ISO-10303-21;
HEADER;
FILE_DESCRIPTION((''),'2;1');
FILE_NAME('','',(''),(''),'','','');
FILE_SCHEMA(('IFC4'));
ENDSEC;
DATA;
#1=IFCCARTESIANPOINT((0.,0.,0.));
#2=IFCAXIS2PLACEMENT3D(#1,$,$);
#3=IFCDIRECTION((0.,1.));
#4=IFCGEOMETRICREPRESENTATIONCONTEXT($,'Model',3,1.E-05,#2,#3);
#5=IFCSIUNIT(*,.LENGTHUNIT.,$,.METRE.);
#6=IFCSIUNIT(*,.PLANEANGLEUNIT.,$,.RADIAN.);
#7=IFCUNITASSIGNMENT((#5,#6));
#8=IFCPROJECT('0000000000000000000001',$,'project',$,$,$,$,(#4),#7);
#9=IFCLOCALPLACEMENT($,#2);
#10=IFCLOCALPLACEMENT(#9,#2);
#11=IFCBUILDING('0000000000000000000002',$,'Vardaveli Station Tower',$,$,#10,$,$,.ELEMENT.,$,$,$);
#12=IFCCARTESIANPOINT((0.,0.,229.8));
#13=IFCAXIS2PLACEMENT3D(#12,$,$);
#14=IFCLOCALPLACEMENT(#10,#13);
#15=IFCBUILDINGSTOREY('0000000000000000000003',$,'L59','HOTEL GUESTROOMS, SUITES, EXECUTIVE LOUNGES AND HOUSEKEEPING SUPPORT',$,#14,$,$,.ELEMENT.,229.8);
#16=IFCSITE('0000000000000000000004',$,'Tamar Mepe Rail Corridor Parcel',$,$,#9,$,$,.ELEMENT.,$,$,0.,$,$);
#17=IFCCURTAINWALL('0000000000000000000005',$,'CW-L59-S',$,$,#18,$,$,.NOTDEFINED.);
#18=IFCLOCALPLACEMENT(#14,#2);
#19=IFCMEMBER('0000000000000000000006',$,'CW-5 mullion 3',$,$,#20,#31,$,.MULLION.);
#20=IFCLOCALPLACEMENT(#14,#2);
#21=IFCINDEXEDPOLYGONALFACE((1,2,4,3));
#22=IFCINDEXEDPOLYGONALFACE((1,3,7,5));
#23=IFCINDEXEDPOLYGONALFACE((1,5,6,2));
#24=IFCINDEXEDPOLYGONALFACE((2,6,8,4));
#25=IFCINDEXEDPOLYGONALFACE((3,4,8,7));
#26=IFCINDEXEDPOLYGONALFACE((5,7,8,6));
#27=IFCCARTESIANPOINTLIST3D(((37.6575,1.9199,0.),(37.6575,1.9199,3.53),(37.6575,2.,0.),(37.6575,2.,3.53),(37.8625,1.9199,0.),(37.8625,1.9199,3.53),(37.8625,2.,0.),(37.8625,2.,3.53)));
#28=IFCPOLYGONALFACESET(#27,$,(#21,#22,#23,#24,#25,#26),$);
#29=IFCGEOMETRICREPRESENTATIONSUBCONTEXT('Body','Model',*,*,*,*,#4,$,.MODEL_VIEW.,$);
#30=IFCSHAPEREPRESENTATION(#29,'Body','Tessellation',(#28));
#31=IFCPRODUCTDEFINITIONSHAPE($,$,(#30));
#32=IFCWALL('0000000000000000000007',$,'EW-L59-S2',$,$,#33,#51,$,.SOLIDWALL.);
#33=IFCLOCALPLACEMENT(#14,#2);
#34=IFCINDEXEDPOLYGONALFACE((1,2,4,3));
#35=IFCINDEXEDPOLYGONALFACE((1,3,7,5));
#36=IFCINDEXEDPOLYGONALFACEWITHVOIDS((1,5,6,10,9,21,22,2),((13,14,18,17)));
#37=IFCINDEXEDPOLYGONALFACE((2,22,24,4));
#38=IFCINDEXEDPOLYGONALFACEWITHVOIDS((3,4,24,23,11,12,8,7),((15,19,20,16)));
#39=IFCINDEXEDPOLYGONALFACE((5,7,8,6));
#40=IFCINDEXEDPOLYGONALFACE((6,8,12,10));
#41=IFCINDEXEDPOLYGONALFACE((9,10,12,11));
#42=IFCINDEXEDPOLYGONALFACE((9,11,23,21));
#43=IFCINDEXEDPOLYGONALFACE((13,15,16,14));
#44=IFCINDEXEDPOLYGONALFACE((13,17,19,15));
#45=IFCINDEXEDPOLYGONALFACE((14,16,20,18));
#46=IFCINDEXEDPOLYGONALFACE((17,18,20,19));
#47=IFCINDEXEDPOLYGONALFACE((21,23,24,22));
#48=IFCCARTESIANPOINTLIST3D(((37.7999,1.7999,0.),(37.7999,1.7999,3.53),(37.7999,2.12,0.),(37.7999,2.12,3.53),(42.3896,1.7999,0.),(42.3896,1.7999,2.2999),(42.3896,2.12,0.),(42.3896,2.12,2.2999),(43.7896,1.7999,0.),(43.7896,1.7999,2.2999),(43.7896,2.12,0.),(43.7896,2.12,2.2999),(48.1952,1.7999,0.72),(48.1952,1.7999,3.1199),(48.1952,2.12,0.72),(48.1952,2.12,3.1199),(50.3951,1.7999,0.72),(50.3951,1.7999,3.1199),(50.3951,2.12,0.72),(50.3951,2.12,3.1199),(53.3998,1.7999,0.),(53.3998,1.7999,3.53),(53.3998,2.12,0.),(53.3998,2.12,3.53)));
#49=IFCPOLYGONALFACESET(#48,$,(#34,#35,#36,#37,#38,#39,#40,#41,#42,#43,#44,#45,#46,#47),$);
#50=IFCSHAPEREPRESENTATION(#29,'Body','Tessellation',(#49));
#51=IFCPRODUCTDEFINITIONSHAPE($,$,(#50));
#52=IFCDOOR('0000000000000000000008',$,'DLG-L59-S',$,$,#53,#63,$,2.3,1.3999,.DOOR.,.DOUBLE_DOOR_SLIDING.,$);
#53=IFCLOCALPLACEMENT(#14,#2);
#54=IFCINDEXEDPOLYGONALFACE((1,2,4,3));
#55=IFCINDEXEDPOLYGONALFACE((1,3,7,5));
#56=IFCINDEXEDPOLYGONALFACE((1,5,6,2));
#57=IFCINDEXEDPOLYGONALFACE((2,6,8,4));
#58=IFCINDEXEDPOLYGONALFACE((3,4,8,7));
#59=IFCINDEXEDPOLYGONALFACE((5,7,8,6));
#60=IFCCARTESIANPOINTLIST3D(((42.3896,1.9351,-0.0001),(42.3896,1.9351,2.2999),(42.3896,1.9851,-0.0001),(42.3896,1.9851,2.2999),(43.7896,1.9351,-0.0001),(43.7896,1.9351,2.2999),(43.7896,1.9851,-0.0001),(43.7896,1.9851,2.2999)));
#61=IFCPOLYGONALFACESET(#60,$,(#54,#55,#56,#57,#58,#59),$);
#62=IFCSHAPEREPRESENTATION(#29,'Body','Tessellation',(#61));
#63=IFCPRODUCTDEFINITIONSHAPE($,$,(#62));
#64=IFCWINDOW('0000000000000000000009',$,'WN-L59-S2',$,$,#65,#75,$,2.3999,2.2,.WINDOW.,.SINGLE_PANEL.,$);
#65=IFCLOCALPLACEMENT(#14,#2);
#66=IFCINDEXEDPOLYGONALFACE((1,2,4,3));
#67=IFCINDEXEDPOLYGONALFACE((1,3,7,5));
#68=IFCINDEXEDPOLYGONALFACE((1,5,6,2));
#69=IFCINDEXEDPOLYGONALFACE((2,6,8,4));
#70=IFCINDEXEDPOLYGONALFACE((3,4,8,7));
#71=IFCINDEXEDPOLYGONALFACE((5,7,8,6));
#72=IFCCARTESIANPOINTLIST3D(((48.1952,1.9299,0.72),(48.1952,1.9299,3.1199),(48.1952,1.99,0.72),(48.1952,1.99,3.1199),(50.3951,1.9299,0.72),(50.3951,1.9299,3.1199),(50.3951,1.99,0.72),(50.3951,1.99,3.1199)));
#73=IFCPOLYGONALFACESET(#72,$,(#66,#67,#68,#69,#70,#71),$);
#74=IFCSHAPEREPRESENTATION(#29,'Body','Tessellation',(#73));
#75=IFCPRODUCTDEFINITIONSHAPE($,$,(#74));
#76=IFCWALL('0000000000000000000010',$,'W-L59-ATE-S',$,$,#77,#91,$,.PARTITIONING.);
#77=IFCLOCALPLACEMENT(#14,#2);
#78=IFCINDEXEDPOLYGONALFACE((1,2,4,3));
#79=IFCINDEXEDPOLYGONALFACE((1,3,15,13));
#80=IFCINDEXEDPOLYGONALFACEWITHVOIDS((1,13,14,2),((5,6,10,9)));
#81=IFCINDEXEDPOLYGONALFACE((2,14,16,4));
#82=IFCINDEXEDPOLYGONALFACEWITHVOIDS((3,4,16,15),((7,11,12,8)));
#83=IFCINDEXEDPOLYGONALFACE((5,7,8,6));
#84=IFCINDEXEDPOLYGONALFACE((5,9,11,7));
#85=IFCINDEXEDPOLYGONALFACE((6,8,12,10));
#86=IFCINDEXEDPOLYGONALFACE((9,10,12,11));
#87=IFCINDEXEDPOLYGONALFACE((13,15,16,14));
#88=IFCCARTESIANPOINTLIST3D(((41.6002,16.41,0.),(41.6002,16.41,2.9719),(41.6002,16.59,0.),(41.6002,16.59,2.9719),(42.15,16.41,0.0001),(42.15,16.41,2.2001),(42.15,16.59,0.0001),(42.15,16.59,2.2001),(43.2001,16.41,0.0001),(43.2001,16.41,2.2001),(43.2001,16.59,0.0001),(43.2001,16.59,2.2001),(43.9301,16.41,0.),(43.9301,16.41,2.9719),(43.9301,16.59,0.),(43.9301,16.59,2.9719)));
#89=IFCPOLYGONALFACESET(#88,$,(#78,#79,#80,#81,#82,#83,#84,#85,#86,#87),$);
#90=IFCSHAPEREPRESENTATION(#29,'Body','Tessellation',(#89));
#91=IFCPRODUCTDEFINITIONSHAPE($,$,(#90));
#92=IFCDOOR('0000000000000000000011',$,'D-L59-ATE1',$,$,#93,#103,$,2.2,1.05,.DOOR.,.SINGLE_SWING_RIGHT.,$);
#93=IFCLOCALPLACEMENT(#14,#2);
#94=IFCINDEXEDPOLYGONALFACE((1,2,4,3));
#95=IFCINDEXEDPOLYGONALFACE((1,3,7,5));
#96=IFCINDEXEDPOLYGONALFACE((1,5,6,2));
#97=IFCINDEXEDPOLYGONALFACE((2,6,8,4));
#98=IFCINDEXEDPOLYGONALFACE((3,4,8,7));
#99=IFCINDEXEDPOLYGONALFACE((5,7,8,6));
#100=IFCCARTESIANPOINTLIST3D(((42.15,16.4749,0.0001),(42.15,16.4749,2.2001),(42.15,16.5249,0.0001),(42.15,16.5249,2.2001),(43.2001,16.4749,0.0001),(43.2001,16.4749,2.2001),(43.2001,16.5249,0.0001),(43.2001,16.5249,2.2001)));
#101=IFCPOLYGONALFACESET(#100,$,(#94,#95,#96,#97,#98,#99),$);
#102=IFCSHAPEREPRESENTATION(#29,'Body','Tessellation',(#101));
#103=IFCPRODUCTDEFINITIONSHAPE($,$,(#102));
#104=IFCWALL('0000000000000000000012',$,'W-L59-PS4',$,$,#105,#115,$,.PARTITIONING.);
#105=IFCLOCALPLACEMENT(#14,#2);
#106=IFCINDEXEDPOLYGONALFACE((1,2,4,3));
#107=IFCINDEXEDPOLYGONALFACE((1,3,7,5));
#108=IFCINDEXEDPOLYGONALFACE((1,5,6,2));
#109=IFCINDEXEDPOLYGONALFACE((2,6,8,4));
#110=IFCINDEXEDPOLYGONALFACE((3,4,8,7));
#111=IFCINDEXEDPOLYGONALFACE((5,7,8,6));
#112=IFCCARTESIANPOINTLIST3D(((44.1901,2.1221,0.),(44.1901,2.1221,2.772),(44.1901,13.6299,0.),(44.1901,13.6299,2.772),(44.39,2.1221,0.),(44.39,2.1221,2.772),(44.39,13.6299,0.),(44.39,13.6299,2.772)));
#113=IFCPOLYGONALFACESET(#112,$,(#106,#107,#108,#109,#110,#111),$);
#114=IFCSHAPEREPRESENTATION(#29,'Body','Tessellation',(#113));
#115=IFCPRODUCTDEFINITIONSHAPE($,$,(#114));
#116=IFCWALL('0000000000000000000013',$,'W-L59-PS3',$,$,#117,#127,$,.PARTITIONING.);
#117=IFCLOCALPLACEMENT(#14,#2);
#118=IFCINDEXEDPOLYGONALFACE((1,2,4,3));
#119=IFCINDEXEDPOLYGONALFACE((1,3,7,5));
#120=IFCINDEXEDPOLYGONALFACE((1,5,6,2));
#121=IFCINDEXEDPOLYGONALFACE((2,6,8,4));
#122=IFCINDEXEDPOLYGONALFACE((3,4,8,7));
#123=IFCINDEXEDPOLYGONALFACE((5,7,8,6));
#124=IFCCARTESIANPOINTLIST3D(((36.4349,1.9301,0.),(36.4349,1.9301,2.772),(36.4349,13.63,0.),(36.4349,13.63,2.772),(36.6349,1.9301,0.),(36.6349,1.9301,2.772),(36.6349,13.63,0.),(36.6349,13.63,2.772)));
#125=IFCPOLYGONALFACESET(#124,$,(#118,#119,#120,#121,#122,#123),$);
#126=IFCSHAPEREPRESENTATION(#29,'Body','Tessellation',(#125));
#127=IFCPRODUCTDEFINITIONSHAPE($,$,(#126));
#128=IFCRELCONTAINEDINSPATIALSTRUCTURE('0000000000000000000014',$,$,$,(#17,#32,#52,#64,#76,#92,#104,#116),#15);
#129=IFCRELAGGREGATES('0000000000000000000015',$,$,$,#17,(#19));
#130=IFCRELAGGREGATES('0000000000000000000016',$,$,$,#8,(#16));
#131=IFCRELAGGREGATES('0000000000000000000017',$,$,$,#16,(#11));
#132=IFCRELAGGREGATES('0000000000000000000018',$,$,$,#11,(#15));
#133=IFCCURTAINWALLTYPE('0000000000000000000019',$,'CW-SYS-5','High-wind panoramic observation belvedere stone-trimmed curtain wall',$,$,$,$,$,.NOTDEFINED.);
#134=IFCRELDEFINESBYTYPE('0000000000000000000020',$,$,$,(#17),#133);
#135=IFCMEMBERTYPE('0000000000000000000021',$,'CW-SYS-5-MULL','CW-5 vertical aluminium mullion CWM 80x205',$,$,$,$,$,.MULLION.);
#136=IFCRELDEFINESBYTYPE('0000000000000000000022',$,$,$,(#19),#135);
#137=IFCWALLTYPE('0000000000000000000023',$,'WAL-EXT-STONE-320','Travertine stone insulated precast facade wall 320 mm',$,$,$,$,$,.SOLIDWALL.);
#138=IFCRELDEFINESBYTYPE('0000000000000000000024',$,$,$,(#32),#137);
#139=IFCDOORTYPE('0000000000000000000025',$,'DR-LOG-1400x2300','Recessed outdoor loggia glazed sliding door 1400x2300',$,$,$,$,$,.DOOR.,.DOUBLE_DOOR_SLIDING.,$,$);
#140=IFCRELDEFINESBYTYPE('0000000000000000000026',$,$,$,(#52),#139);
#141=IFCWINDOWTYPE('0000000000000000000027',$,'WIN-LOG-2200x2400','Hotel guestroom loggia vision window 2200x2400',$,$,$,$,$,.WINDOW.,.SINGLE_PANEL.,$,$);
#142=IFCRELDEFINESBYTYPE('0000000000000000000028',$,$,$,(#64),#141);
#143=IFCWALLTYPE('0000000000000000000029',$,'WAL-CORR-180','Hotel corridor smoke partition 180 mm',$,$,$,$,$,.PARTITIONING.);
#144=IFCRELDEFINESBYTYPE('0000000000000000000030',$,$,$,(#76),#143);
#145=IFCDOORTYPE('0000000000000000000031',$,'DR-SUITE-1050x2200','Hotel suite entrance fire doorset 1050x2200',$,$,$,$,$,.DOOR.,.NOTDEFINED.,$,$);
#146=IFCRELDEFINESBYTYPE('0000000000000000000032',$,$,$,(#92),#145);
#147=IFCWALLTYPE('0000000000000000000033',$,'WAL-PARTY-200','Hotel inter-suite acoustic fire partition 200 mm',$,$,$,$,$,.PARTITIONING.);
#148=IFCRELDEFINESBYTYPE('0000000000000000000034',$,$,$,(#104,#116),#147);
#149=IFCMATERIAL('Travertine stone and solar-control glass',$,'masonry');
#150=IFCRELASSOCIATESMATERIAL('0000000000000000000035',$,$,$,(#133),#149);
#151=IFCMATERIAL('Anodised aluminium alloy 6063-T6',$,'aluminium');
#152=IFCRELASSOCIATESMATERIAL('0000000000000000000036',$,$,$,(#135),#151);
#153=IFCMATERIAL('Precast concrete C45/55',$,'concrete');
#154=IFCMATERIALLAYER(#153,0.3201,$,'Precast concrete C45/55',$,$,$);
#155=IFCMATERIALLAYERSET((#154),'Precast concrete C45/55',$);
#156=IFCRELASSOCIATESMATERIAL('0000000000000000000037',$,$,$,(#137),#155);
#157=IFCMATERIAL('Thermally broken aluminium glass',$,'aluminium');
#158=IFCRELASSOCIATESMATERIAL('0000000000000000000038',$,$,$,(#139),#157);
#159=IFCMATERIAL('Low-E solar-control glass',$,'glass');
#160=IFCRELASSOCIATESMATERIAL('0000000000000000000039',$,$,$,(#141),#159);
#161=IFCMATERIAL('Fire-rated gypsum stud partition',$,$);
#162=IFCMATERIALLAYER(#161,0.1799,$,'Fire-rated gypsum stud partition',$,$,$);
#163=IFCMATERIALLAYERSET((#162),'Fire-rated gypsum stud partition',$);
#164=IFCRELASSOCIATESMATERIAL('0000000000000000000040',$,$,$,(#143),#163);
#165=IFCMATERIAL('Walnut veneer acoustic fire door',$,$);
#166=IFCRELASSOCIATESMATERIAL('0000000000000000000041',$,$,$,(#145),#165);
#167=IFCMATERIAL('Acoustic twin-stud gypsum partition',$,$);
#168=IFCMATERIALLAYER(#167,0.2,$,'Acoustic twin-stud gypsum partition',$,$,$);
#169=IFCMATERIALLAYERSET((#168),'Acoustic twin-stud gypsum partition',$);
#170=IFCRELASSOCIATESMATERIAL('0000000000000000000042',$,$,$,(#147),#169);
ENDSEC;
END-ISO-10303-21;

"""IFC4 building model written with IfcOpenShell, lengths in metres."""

from ifc_helpers import new_model, si_unit, direction, frame, frame_2d, origin, origin_2d, place, context, subcontext, project, spatial, rectangle, extrude, source, transform, mapped, material, layer, layer_set, material_profile, profile_set, type_object, element, fill, aggregate, save


model = new_model("IFC4")

# Units and contexts
model_context = context("Model", 3, precision=1e-05, world=origin(), true_north=direction((0.0, 1.0)))
body_context = subcontext(model_context, "Body", "Model", "MODEL_VIEW")
ifc_project = project(units=[si_unit("LENGTHUNIT", "METRE"), si_unit("PLANEANGLEUNIT", "RADIAN")], contexts=[model_context])

# Site, building, storey
site_placement = place(None, origin())
site = spatial("IfcSite", under=ifc_project, at=site_placement, Name="Tamar Mepe Rail Corridor Parcel", CompositionType="ELEMENT", RefElevation=0.0)
building_placement = place(site_placement, origin())
building = spatial("IfcBuilding", under=site, at=building_placement, Name="Vardaveli Station Tower", CompositionType="ELEMENT")
storey_placement = place(building_placement, frame((0.0, 0.0, 229.8)))
storey = spatial("IfcBuildingStorey", under=building, at=storey_placement, Name="L59", Description="HOTEL GUESTROOMS, SUITES, EXECUTIVE LOUNGES AND HOUSEKEEPING SUPPORT", CompositionType="ELEMENT", Elevation=229.8)

# Shared definitions
ifc_material_1 = material(Name="Precast concrete C45/55", Category="concrete")

# Curtain wall, member
ifc_material_2 = material(Name="Travertine stone and solar-control glass", Category="masonry")
curtain_wall_type = type_object("IfcCurtainWallType", Name="CW-SYS-5", Description="High-wind panoramic observation belvedere stone-trimmed curtain wall", PredefinedType="NOTDEFINED", material=ifc_material_2)
curtain_wall_placement = place(storey_placement, origin())
curtain_wall = element("IfcCurtainWall", 1, at=curtain_wall_placement, inside=storey, type_object=curtain_wall_type, Name="CW-L59-S", PredefinedType="NOTDEFINED")
ifc_material_3 = material(Name="Anodised aluminium alloy 6063-T6", Category="aluminium")
ifc_material_profile_1 = material_profile(ifc_material_3, rectangle(XDim=0.0801, YDim=0.2051, at=origin_2d()), Name="CWM 80x205")
ifc_profile_set_1 = profile_set([ifc_material_profile_1], Name="Anodised aluminium alloy 6063-T6")
member_type = type_object("IfcMemberType", Name="CW-SYS-5-MULL", Description="CW-5 vertical aluminium mullion CWM 80x205", PredefinedType="MULLION", material=ifc_profile_set_1)
shared_shape_1 = source(origin(), body_context, "Body", "SweptSolid", [
    extrude(rectangle(XDim=0.0801, YDim=0.2051, at=origin_2d()), origin(), (0.0, 0.0, 1.0), 3.53),
])
member_placement = place(storey_placement, frame((37.76, 1.96, 0.0), z_axis=(0.0, 0.0, 1.0), x_axis=(0.0, 1.0, 0.0)))
member = element("IfcMember", 2, at=member_placement, type_object=member_type, Name="CW-5 mullion 3", PredefinedType="MULLION", context=body_context, shape_type="MappedRepresentation", body=[
    mapped(shared_shape_1, transform((0.0, 0.0, 0.0), scale=1.0)),
])
aggregate(curtain_wall, [member])

# Wall, openings, door, window
ifc_layer_1 = layer(ifc_material_1, 0.3201, Name="Precast concrete C45/55")
ifc_layer_set_1 = layer_set([ifc_layer_1], Name="Precast concrete C45/55")
wall_type_1 = type_object("IfcWallType", Name="WAL-EXT-STONE-320", Description="Travertine stone insulated precast facade wall 320 mm", PredefinedType="SOLIDWALL", material=ifc_layer_set_1)
shared_shape_2 = source(origin(), body_context, "Body", "SweptSolid", [
    extrude(rectangle(XDim=15.5999, YDim=0.3201, at=frame_2d((7.7998, 0.0))), origin(), (0.0, 0.0, 1.0), 3.53),
])
wall_1_placement = place(storey_placement, frame((37.8, 1.96, 0.0), z_axis=(0.0, 0.0, 1.0), x_axis=(1.0, 0.0, 0.0)))
wall_1 = element("IfcWall", 3, at=wall_1_placement, inside=storey, type_object=wall_type_1, Name="EW-L59-S2", PredefinedType="SOLIDWALL", context=body_context, shape_type="MappedRepresentation", body=[
    mapped(shared_shape_2, transform((0.0, 0.0, 0.0), scale=1.0)),
])
shared_shape_3 = source(origin(), body_context, "Body", "SweptSolid", [
    extrude(rectangle(XDim=1.3999, YDim=2.3, at=frame_2d((0.7, 1.1499))), frame((0.0, 0.1699, 0.0), z_axis=(0.0, -1.0, 0.0), x_axis=(1.0, 0.0, 0.0)), (0.0, 0.0, 1.0), 0.3401),
])
opening_1_placement = place(wall_1_placement, frame((4.5896, 0.0, 0.0)))
opening_1 = element("IfcOpeningElement", 4, at=opening_1_placement, cuts=wall_1, PredefinedType="OPENING", context=body_context, shape_type="MappedRepresentation", body=[
    mapped(shared_shape_3, transform((0.0, 0.0, 0.0), scale=1.0)),
])
shared_shape_4 = source(origin(), body_context, "Body", "SweptSolid", [
    extrude(rectangle(XDim=2.2, YDim=2.3999, at=frame_2d((1.1001, 1.2))), frame((0.0, 0.1699, 0.0), z_axis=(0.0, -1.0, 0.0), x_axis=(1.0, 0.0, 0.0)), (0.0, 0.0, 1.0), 0.3401),
])
opening_2_placement = place(wall_1_placement, frame((10.395, 0.0, 0.72)))
opening_2 = element("IfcOpeningElement", 5, at=opening_2_placement, cuts=wall_1, PredefinedType="OPENING", context=body_context, shape_type="MappedRepresentation", body=[
    mapped(shared_shape_4, transform((0.0, 0.0, 0.0), scale=1.0)),
])
ifc_material_4 = material(Name="Thermally broken aluminium glass", Category="aluminium")
door_type_1 = type_object("IfcDoorType", Name="DR-LOG-1400x2300", Description="Recessed outdoor loggia glazed sliding door 1400x2300", OperationType="DOUBLE_DOOR_SLIDING", PredefinedType="DOOR", material=ifc_material_4)
shared_shape_5 = source(origin(), body_context, "Body", "SweptSolid", [
    extrude(rectangle(XDim=1.3999, YDim=2.3, at=frame_2d((0.7, 1.1499))), frame((0.0, 0.0249, 0.0), z_axis=(0.0, -1.0, 0.0), x_axis=(1.0, 0.0, 0.0)), (0.0, 0.0, 1.0), 0.05),
])
door_1_placement = place(opening_1_placement, frame((1.3999, 0.0, 0.0), z_axis=(0.0, 0.0, 1.0), x_axis=(-1.0, 0.0, 0.0)))
door_1 = element("IfcDoor", 6, at=door_1_placement, inside=storey, type_object=door_type_1, Name="DLG-L59-S", OperationType="DOUBLE_DOOR_SLIDING", OverallHeight=2.3, OverallWidth=1.3999, PredefinedType="DOOR", context=body_context, shape_type="MappedRepresentation", body=[
    mapped(shared_shape_5, transform((0.0, 0.0, 0.0), scale=1.0)),
])
fill(opening_1, door_1)
ifc_material_5 = material(Name="Low-E solar-control glass", Category="glass")
window_type = type_object("IfcWindowType", Name="WIN-LOG-2200x2400", Description="Hotel guestroom loggia vision window 2200x2400", PartitioningType="SINGLE_PANEL", PredefinedType="WINDOW", material=ifc_material_5)
shared_shape_6 = source(origin(), body_context, "Body", "SweptSolid", [
    extrude(rectangle(XDim=2.2, YDim=2.3999, at=frame_2d((1.1001, 1.2))), frame((0.0, 0.03, 0.0), z_axis=(0.0, -1.0, 0.0), x_axis=(1.0, 0.0, 0.0)), (0.0, 0.0, 1.0), 0.0601),
])
window_placement = place(opening_2_placement, origin())
window = element("IfcWindow", 7, at=window_placement, inside=storey, type_object=window_type, Name="WN-L59-S2", OverallHeight=2.3999, OverallWidth=2.2, PartitioningType="SINGLE_PANEL", PredefinedType="WINDOW", context=body_context, shape_type="MappedRepresentation", body=[
    mapped(shared_shape_6, transform((0.0, 0.0, 0.0), scale=1.0)),
])
fill(opening_2, window)

# Wall, opening, door
ifc_material_6 = material(Name="Fire-rated gypsum stud partition")
ifc_layer_2 = layer(ifc_material_6, 0.1799, Name="Fire-rated gypsum stud partition")
ifc_layer_set_2 = layer_set([ifc_layer_2], Name="Fire-rated gypsum stud partition")
wall_type_2 = type_object("IfcWallType", Name="WAL-CORR-180", Description="Hotel corridor smoke partition 180 mm", PredefinedType="PARTITIONING", material=ifc_layer_set_2)
shared_shape_7 = source(origin(), body_context, "Body", "SweptSolid", [
    extrude(rectangle(XDim=2.3298, YDim=0.1799, at=frame_2d((1.165, 0.0))), origin(), (0.0, 0.0, 1.0), 2.9719),
])
wall_2_placement = place(storey_placement, frame((41.6001, 16.5, 0.0), z_axis=(0.0, 0.0, 1.0), x_axis=(1.0, 0.0, 0.0)))
wall_2 = element("IfcWall", 8, at=wall_2_placement, inside=storey, type_object=wall_type_2, Name="W-L59-ATE-S", PredefinedType="PARTITIONING", context=body_context, shape_type="MappedRepresentation", body=[
    mapped(shared_shape_7, transform((0.0, 0.0, 0.0), scale=1.0)),
])
shared_shape_8 = source(origin(), body_context, "Body", "SweptSolid", [
    extrude(rectangle(XDim=1.05, YDim=2.2, at=frame_2d((0.5249, 1.1001))), frame((0.0, 0.1001, 0.0), z_axis=(0.0, -1.0, 0.0), x_axis=(1.0, 0.0, 0.0)), (0.0, 0.0, 1.0), 0.2),
])
opening_3_placement = place(wall_2_placement, frame((0.55, 0.0, 0.0)))
opening_3 = element("IfcOpeningElement", 9, at=opening_3_placement, cuts=wall_2, PredefinedType="OPENING", context=body_context, shape_type="MappedRepresentation", body=[
    mapped(shared_shape_8, transform((0.0, 0.0, 0.0), scale=1.0)),
])
ifc_material_7 = material(Name="Walnut veneer acoustic fire door")
door_type_2 = type_object("IfcDoorType", Name="DR-SUITE-1050x2200", Description="Hotel suite entrance fire doorset 1050x2200", OperationType="NOTDEFINED", PredefinedType="DOOR", material=ifc_material_7)
shared_shape_9 = source(origin(), body_context, "Body", "SweptSolid", [
    extrude(rectangle(XDim=1.05, YDim=2.2, at=frame_2d((0.5249, 1.1001))), frame((0.0, 0.0249, 0.0), z_axis=(0.0, -1.0, 0.0), x_axis=(1.0, 0.0, 0.0)), (0.0, 0.0, 1.0), 0.05),
])
door_2_placement = place(opening_3_placement, origin())
door_2 = element("IfcDoor", 10, at=door_2_placement, inside=storey, type_object=door_type_2, Name="D-L59-ATE1", OperationType="SINGLE_SWING_RIGHT", OverallHeight=2.2, OverallWidth=1.05, PredefinedType="DOOR", context=body_context, shape_type="MappedRepresentation", body=[
    mapped(shared_shape_9, transform((0.0, 0.0, 0.0), scale=1.0)),
])
fill(opening_3, door_2)

# Walls
ifc_material_8 = material(Name="Acoustic twin-stud gypsum partition")
ifc_layer_3 = layer(ifc_material_8, 0.2, Name="Acoustic twin-stud gypsum partition")
ifc_layer_set_3 = layer_set([ifc_layer_3], Name="Acoustic twin-stud gypsum partition")
wall_type_3 = type_object("IfcWallType", Name="WAL-PARTY-200", Description="Hotel inter-suite acoustic fire partition 200 mm", PredefinedType="PARTITIONING", material=ifc_layer_set_3)
shared_shape_10 = source(origin(), body_context, "Body", "SweptSolid", [
    extrude(rectangle(XDim=11.5078, YDim=0.2, at=frame_2d((5.7539, 0.0))), origin(), (0.0, 0.0, 1.0), 2.772),
])
wall_3_placement = place(storey_placement, frame((44.29, 2.1221, 0.0), z_axis=(0.0, 0.0, 1.0), x_axis=(0.0, 1.0, 0.0)))
element("IfcWall", 11, at=wall_3_placement, inside=storey, type_object=wall_type_3, Name="W-L59-PS4", PredefinedType="PARTITIONING", context=body_context, shape_type="MappedRepresentation", body=[
    mapped(shared_shape_10, transform((0.0, 0.0, 0.0), scale=1.0)),
])
shared_shape_11 = source(origin(), body_context, "Body", "SweptSolid", [
    extrude(rectangle(XDim=11.7, YDim=0.2, at=frame_2d((5.8501, 0.0))), origin(), (0.0, 0.0, 1.0), 2.772),
])
wall_4_placement = place(storey_placement, frame((36.5349, 1.9299, 0.0), z_axis=(0.0, 0.0, 1.0), x_axis=(0.0, 1.0, 0.0)))
element("IfcWall", 12, at=wall_4_placement, inside=storey, type_object=wall_type_3, Name="W-L59-PS3", PredefinedType="PARTITIONING", context=body_context, shape_type="MappedRepresentation", body=[
    mapped(shared_shape_11, transform((0.0, 0.0, 0.0), scale=1.0)),
])

save(model, "model.ifc")
